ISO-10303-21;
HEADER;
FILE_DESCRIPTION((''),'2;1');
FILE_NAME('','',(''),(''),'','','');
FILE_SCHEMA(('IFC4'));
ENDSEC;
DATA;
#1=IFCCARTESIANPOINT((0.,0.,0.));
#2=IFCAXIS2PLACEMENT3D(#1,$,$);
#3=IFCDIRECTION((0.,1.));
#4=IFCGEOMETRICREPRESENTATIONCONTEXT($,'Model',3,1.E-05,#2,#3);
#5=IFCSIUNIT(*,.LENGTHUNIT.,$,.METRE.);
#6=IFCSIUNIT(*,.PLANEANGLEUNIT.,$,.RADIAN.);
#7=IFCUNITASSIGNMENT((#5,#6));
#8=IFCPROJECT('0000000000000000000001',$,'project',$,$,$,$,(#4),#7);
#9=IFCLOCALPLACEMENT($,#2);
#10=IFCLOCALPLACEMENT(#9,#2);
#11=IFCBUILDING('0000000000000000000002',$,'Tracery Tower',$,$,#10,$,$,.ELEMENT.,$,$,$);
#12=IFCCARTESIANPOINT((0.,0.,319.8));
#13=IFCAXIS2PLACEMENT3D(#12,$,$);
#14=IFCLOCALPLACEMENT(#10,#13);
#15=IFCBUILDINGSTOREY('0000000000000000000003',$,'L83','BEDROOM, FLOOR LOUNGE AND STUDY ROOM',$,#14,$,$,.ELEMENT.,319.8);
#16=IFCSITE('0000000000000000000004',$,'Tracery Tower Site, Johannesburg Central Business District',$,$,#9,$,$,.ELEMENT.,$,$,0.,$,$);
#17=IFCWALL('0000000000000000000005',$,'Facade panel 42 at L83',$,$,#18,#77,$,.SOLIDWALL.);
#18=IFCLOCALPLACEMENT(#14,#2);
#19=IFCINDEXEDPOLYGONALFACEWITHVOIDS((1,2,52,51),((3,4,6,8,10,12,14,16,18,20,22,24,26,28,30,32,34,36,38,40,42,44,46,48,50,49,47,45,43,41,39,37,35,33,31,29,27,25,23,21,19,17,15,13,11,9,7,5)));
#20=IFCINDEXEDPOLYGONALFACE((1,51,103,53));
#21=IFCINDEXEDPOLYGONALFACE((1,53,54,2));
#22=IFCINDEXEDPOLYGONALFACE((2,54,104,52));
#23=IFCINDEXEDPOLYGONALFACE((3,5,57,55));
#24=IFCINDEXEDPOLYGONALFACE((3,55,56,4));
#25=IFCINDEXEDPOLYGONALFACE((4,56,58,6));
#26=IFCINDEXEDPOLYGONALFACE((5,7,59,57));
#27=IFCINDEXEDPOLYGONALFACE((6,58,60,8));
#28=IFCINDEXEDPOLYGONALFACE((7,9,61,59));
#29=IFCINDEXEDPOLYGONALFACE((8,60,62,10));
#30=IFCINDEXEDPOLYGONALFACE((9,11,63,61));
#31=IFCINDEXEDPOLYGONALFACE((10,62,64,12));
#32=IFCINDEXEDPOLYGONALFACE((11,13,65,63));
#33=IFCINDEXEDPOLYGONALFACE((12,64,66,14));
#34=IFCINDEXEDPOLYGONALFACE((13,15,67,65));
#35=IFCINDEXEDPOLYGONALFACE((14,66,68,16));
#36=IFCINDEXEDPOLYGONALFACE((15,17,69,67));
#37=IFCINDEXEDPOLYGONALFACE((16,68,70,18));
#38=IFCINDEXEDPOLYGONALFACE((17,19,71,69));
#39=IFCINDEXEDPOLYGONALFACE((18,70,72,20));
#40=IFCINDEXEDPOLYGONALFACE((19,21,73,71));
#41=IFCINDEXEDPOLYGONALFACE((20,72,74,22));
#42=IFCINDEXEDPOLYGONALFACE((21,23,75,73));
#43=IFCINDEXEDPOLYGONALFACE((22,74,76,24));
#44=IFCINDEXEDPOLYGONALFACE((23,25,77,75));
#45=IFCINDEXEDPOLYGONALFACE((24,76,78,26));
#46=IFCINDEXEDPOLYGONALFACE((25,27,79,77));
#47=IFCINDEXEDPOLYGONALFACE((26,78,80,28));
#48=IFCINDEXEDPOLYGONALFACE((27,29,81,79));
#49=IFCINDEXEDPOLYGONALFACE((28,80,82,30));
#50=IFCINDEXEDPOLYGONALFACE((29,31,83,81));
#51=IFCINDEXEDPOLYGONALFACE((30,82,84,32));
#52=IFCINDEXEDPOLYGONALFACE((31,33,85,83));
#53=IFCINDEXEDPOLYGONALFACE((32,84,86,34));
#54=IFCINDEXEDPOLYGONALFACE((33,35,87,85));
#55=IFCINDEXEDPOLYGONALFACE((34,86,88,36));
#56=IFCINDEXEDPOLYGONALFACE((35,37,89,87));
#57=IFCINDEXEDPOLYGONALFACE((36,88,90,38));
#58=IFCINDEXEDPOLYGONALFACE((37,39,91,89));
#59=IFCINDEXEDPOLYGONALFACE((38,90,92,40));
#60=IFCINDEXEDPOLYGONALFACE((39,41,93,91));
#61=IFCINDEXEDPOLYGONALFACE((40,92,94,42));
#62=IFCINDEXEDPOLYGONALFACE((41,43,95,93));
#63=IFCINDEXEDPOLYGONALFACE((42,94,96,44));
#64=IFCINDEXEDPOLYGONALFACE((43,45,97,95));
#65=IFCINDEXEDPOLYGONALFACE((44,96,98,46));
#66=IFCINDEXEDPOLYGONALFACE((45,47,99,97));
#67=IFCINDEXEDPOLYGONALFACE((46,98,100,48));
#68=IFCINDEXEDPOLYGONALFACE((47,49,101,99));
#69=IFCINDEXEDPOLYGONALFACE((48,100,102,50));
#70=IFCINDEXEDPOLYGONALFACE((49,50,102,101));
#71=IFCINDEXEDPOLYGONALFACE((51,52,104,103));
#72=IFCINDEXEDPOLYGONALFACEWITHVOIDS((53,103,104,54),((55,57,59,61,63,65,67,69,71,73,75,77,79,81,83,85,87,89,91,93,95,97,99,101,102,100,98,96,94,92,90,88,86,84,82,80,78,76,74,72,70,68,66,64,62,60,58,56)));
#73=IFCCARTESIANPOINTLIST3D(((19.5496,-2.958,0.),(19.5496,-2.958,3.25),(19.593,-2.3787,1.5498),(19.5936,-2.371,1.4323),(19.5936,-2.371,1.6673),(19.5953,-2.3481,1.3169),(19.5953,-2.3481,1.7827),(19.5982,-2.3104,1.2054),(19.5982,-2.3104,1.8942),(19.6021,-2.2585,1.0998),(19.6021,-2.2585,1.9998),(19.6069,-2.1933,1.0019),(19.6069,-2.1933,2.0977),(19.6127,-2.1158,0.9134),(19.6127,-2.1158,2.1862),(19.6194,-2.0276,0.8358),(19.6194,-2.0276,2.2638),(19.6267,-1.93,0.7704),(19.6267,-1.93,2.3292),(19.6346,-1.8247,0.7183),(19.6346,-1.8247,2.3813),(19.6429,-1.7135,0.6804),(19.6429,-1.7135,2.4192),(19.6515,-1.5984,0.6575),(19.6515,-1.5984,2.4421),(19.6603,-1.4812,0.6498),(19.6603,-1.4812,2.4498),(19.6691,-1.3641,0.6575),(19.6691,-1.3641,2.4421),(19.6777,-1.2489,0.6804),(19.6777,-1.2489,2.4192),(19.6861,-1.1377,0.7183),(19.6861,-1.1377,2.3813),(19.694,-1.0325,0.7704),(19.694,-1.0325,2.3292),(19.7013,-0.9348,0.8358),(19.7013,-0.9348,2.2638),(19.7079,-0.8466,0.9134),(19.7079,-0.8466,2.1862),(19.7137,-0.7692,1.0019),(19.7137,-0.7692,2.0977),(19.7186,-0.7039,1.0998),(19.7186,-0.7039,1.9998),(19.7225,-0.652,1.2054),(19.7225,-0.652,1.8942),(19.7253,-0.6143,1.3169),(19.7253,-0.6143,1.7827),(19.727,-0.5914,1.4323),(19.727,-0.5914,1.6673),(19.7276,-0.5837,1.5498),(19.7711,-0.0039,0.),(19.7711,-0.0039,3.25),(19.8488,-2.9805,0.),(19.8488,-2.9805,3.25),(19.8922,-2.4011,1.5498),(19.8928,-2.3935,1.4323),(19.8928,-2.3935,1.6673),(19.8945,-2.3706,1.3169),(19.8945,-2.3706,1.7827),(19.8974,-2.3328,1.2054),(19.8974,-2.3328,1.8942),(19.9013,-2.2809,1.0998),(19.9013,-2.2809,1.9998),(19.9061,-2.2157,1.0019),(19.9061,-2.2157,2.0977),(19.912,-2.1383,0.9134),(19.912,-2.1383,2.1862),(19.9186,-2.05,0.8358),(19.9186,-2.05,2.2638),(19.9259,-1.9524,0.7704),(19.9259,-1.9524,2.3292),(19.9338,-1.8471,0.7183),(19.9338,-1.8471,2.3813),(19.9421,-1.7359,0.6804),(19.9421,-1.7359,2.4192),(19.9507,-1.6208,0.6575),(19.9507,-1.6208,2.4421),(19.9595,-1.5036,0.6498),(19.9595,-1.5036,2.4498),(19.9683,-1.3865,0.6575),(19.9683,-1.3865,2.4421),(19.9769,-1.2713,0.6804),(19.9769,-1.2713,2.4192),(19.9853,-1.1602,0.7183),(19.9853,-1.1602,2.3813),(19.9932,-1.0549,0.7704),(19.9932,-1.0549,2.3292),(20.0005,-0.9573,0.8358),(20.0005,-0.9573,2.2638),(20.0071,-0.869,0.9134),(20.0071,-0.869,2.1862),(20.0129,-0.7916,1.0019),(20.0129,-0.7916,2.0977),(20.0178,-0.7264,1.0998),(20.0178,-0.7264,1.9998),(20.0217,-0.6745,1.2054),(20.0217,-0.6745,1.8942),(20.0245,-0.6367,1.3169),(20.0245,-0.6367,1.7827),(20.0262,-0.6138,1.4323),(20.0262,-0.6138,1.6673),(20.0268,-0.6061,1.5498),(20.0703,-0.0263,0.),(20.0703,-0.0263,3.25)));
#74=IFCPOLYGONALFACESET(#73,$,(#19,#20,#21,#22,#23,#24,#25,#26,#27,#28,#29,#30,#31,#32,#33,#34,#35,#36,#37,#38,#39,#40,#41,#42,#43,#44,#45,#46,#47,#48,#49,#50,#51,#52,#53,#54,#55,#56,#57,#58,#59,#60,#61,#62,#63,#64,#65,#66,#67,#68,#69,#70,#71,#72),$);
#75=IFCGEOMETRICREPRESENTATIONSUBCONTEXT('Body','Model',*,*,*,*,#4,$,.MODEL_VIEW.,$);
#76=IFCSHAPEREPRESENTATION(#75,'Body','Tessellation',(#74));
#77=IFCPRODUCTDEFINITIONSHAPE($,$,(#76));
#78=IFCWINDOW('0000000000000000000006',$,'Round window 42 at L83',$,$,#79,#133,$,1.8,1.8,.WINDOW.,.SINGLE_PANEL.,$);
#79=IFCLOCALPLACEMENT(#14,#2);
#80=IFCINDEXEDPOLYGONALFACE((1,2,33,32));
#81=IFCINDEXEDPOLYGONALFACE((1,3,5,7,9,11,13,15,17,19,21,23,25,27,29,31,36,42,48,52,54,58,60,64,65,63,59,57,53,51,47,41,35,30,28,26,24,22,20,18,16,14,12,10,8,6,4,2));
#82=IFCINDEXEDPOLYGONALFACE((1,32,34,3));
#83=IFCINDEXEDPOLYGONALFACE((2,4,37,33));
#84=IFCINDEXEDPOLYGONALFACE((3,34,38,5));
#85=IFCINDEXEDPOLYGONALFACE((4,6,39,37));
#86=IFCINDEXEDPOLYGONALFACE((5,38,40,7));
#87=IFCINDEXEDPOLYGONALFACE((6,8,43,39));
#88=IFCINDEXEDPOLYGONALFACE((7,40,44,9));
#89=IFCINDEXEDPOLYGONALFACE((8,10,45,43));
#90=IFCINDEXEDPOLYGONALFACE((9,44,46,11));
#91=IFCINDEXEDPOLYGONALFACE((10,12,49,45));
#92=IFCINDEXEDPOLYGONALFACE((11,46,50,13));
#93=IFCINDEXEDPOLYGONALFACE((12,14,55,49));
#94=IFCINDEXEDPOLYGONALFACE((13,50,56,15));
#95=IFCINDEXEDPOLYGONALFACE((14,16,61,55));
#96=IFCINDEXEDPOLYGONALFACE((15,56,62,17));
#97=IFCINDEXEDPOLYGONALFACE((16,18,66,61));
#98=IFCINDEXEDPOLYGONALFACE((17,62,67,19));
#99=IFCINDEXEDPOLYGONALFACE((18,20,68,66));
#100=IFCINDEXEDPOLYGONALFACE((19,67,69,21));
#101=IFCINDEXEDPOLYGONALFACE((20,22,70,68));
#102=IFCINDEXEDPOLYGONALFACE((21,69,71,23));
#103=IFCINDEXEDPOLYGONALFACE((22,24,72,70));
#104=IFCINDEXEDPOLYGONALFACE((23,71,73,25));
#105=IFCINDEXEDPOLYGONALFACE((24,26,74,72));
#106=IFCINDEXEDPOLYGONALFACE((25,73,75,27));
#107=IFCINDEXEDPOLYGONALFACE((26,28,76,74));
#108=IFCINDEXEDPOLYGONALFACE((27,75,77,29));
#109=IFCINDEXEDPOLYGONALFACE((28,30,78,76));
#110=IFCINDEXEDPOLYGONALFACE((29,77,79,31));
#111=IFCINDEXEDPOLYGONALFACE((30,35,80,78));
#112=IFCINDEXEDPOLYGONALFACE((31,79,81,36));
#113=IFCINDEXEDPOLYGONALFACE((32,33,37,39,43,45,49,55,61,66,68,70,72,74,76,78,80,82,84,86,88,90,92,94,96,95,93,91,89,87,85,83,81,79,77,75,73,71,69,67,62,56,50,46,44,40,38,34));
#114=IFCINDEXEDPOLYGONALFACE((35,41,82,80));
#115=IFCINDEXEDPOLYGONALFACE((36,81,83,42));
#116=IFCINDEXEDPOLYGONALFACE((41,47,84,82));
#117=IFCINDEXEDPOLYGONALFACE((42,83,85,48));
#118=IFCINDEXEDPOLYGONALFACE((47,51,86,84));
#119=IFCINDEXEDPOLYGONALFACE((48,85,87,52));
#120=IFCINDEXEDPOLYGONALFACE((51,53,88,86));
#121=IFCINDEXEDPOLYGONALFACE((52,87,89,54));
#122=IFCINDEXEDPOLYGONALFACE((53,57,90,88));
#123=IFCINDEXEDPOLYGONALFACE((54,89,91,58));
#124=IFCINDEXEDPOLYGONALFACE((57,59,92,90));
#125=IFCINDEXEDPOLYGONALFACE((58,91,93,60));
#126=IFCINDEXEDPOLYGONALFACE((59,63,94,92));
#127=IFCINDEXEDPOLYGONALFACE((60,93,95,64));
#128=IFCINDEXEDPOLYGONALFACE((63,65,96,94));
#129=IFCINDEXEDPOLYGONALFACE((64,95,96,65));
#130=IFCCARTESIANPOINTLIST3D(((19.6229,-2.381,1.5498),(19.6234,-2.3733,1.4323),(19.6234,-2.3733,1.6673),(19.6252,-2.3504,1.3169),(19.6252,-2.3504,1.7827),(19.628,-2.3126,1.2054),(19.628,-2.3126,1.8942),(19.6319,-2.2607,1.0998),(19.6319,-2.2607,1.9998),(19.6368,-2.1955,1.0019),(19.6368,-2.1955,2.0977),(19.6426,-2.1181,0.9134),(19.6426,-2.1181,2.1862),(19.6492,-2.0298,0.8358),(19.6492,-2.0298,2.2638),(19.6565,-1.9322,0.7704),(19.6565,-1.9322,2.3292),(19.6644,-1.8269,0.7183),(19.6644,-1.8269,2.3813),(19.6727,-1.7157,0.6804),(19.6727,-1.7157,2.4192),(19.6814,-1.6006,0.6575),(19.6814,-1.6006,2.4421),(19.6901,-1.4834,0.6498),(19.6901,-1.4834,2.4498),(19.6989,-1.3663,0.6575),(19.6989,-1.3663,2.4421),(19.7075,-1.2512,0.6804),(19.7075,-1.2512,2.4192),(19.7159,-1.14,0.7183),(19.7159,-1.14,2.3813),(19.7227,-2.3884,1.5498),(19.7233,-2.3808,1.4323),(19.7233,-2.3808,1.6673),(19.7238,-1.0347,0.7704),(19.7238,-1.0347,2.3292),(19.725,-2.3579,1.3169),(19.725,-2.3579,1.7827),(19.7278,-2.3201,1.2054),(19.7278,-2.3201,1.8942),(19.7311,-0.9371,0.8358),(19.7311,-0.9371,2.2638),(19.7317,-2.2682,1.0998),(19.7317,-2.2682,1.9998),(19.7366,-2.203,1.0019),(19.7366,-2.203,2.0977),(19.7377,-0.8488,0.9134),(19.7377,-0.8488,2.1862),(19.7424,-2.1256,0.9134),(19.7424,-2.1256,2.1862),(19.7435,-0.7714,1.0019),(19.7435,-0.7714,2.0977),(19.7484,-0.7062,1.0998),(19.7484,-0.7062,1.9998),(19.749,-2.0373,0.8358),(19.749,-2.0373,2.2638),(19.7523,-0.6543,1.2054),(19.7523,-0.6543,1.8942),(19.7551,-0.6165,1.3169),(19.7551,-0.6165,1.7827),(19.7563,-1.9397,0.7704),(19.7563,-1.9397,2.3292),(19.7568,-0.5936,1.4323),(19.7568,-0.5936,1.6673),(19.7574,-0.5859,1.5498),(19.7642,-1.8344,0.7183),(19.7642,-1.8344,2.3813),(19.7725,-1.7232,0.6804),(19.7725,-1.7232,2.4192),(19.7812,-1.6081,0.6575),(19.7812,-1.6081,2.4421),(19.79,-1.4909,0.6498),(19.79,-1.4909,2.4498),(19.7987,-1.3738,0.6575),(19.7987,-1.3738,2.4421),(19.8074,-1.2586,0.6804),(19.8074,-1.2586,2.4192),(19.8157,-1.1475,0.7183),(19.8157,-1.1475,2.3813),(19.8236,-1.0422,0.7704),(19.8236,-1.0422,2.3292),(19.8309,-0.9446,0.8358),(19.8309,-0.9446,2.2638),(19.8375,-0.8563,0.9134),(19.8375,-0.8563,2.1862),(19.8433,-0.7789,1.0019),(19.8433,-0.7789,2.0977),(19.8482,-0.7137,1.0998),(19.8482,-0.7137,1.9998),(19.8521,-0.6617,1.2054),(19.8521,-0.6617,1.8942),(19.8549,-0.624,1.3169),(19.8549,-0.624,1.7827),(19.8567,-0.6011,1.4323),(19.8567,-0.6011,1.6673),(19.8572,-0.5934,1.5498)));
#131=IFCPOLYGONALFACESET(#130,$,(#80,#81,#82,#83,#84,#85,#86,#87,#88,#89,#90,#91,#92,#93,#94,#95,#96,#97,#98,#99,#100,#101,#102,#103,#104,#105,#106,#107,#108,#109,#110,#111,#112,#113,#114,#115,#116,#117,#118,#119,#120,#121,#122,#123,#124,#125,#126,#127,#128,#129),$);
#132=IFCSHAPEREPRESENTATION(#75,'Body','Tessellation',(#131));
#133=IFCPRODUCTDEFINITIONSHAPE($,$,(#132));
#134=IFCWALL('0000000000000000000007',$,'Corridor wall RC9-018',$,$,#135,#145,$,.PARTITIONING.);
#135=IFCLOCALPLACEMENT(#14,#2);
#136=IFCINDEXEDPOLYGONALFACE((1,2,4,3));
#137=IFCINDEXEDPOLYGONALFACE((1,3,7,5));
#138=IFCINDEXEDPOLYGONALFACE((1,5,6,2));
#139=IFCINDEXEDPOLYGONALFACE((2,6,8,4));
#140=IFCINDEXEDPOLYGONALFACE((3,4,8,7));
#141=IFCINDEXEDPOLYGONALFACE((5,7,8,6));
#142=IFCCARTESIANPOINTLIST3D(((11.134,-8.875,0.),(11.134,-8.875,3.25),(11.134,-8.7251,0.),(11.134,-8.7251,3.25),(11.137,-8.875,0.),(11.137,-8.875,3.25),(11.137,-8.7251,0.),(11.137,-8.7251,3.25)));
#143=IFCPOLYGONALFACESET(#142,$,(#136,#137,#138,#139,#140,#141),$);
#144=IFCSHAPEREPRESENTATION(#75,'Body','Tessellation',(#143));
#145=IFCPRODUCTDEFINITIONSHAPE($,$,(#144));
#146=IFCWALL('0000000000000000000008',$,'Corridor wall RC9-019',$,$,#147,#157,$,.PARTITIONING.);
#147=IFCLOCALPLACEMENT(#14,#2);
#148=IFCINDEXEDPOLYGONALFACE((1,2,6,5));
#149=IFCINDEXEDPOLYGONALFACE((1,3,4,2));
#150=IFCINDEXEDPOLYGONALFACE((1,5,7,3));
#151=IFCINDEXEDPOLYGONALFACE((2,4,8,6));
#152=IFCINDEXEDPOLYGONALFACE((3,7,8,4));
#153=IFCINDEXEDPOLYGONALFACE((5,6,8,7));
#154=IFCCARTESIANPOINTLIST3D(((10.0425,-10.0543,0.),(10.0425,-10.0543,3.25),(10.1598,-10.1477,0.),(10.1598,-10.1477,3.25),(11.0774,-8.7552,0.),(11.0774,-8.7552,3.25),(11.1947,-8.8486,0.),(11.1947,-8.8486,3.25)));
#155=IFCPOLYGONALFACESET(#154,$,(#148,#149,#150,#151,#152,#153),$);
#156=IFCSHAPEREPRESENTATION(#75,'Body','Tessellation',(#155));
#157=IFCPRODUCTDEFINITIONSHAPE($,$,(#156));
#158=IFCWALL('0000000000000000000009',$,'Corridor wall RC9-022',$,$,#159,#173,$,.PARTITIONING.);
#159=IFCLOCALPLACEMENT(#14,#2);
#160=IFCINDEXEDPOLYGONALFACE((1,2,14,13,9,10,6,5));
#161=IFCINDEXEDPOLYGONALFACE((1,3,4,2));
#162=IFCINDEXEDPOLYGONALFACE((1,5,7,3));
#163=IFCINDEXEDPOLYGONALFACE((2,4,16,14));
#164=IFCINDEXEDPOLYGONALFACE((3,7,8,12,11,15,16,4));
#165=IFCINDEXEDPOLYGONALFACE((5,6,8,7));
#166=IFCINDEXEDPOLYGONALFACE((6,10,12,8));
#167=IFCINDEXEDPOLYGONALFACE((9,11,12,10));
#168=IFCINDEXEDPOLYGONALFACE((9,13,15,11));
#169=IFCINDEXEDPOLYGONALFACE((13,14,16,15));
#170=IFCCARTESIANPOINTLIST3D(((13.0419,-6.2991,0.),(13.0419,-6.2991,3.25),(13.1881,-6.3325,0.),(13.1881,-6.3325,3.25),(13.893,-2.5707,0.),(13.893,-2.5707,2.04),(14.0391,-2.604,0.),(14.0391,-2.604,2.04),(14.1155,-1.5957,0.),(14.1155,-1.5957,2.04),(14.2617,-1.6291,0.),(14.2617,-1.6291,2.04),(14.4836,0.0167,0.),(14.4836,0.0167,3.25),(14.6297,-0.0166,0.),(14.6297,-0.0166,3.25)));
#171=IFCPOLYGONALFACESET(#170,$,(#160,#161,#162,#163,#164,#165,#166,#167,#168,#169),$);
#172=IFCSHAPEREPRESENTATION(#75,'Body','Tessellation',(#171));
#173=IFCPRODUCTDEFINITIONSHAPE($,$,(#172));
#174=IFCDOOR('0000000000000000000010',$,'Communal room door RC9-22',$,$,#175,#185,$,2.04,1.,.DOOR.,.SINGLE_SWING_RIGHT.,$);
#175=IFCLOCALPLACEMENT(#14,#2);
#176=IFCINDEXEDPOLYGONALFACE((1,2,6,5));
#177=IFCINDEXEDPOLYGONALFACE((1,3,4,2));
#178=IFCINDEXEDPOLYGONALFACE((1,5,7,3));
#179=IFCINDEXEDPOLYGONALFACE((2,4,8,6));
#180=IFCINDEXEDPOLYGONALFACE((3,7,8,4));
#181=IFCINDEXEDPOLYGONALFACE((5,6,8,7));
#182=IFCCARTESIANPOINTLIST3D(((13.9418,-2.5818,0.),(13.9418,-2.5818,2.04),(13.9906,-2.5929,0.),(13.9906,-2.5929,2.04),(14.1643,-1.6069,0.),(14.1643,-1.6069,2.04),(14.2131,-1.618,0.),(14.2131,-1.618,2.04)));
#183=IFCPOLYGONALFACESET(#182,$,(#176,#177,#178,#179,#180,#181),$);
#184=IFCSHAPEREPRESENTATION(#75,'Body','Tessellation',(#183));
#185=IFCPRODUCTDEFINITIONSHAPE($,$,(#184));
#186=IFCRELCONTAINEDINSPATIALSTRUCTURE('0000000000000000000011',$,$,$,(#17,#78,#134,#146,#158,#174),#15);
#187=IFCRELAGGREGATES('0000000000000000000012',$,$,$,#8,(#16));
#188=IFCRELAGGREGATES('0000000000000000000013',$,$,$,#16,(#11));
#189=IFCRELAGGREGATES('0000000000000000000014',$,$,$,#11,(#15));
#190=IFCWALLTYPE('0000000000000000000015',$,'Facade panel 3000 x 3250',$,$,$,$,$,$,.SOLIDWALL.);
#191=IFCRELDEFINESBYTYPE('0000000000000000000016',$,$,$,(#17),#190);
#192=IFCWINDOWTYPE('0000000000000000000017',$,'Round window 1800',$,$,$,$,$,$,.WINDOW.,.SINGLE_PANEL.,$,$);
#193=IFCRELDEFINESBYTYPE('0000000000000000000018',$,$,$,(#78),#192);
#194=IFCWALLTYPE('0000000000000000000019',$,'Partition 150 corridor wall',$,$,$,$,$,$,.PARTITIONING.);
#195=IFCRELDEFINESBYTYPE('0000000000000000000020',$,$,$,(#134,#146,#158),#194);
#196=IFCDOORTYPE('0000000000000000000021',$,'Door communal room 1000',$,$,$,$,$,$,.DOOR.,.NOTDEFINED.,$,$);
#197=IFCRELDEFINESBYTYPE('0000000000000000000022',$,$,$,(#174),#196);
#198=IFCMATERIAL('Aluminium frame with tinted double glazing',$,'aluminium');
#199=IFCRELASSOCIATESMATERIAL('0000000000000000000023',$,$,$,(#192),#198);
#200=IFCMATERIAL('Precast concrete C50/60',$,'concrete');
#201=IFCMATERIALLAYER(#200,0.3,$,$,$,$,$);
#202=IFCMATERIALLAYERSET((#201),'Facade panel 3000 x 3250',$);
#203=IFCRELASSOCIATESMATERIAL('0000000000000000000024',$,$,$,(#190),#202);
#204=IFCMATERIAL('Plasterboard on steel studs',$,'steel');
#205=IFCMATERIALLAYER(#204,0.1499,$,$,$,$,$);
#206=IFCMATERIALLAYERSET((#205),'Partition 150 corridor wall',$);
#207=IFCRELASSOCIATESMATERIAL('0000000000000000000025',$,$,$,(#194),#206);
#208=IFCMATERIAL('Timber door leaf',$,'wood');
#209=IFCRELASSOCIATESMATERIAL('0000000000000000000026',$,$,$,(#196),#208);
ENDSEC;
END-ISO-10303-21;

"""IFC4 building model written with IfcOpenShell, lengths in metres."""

from ifc_helpers import new_model, si_unit, direction, frame, frame_2d, origin, origin_2d, place, context, subcontext, project, spatial, rectangle, circle, extrude, material, layer, layer_set, type_object, element, fill, save


model = new_model("IFC4")

# Units and contexts
model_context = context("Model", 3, precision=1e-05, world=origin(), true_north=direction((0.0, 1.0)))
body_context = subcontext(model_context, "Body", "Model", "MODEL_VIEW")
ifc_project = project(units=[si_unit("LENGTHUNIT", "METRE"), si_unit("PLANEANGLEUNIT", "RADIAN")], contexts=[model_context])

# Site, building, storey
site_placement = place(None, origin())
site = spatial("IfcSite", under=ifc_project, at=site_placement, Name="Tracery Tower Site, Johannesburg Central Business District", CompositionType="ELEMENT", RefElevation=0.0)
building_placement = place(site_placement, origin())
building = spatial("IfcBuilding", under=site, at=building_placement, Name="Tracery Tower", CompositionType="ELEMENT")
storey_placement = place(building_placement, frame((0.0, 0.0, 319.8)))
storey = spatial("IfcBuildingStorey", under=building, at=storey_placement, Name="L83", Description="BEDROOM, FLOOR LOUNGE AND STUDY ROOM", CompositionType="ELEMENT", Elevation=319.8)

# Wall, opening, window
ifc_material_1 = material(Name="Aluminium frame with tinted double glazing", Category="aluminium")
window_type = type_object("IfcWindowType", Name="Round window 1800", PartitioningType="SINGLE_PANEL", PredefinedType="WINDOW", material=ifc_material_1)
ifc_material_2 = material(Name="Precast concrete C50/60", Category="concrete")
ifc_layer_1 = layer(ifc_material_2, 0.3)
ifc_layer_set_1 = layer_set([ifc_layer_1], Name="Facade panel 3000 x 3250")
wall_type_1 = type_object("IfcWallType", Name="Facade panel 3000 x 3250", PredefinedType="SOLIDWALL", material=ifc_layer_set_1)
wall_1_placement = place(storey_placement, frame((19.6992, -2.9692, 0.0), z_axis=(0.0, 0.0, 1.0), x_axis=(0.074749, 0.997202, 0.0)))
wall_1 = element("IfcWall", 1, at=wall_1_placement, inside=storey, type_object=wall_type_1, Name="Facade panel 42 at L83", PredefinedType="SOLIDWALL", context=body_context, shape_type="SweptSolid", body=[
    extrude(rectangle(XDim=2.9624, YDim=0.3, at=frame_2d((1.4812, 0.0))), origin(), (0.0, 0.0, 1.0), 3.25),
])
opening_1_placement = place(wall_1_placement, frame((1.481, 0.0, 1.5498)))
opening_1 = element("IfcOpeningElement", 2, at=opening_1_placement, cuts=wall_1, PredefinedType="OPENING", context=body_context, shape_type="SweptSolid", body=[
    extrude(circle(Radius=0.9, at=origin_2d()), frame((0.0, 0.1599, 0.0), z_axis=(0.0, -1.0, 0.0), x_axis=(1.0, 0.0, 0.0)), (0.0, 0.0, 1.0), 0.3201),
])
window_1_placement = place(opening_1_placement, origin())
window_1 = element("IfcWindow", 3, at=window_1_placement, inside=storey, type_object=window_type, Name="Round window 42 at L83", OverallHeight=1.8, OverallWidth=1.8, PartitioningType="SINGLE_PANEL", PredefinedType="WINDOW", context=body_context, shape_type="SweptSolid", body=[
    extrude(circle(Radius=0.9, at=origin_2d()), frame((0.0, 0.1201, 0.0), z_axis=(0.0, -1.0, 0.0), x_axis=(1.0, 0.0, 0.0)), (0.0, 0.0, 1.0), 0.1001),
])
fill(opening_1, window_1)

# Walls
ifc_material_3 = material(Name="Plasterboard on steel studs", Category="steel")
ifc_layer_2 = layer(ifc_material_3, 0.1499)
ifc_layer_set_2 = layer_set([ifc_layer_2], Name="Partition 150 corridor wall")
wall_type_2 = type_object("IfcWallType", Name="Partition 150 corridor wall", PredefinedType="PARTITIONING", material=ifc_layer_set_2)
wall_2_placement = place(storey_placement, frame((11.137, -8.8, 0.0), z_axis=(0.0, 0.0, 1.0), x_axis=(-1.0, 0.0, 0.0)))
element("IfcWall", 4, at=wall_2_placement, inside=storey, type_object=wall_type_2, Name="Corridor wall RC9-018", PredefinedType="PARTITIONING", context=body_context, shape_type="SweptSolid", body=[
    extrude(rectangle(XDim=0.0029, YDim=0.1499, at=frame_2d((0.0015, 0.0))), origin(), (0.0, 0.0, 1.0), 3.25),
])
wall_3_placement = place(storey_placement, frame((10.1011, -10.1011, 0.0), z_axis=(0.0, 0.0, 1.0), x_axis=(0.623098, 0.782143, 0.0)))
element("IfcWall", 5, at=wall_3_placement, inside=storey, type_object=wall_type_2, Name="Corridor wall RC9-019", PredefinedType="PARTITIONING", context=body_context, shape_type="SweptSolid", body=[
    extrude(rectangle(XDim=1.6609, YDim=0.1499, at=frame_2d((0.8306, 0.0))), origin(), (0.0, 0.0, 1.0), 3.25),
])

# Wall, opening, door
wall_4_placement = place(storey_placement, frame((13.115, -6.3159, 0.0), z_axis=(0.0, 0.0, 1.0), x_axis=(0.222533, 0.974925, 0.0)))
wall_4 = element("IfcWall", 6, at=wall_4_placement, inside=storey, type_object=wall_type_2, Name="Corridor wall RC9-022", PredefinedType="PARTITIONING", context=body_context, shape_type="SweptSolid", body=[
    extrude(rectangle(XDim=6.4783, YDim=0.1499, at=frame_2d((3.2393, 0.0))), origin(), (0.0, 0.0, 1.0), 3.25),
])
opening_2_placement = place(wall_4_placement, frame((3.8245, 0.0, 0.0)))
opening_2 = element("IfcOpeningElement", 7, at=opening_2_placement, cuts=wall_4, PredefinedType="OPENING", context=body_context, shape_type="SweptSolid", body=[
    extrude(rectangle(XDim=1.0, YDim=2.04, at=frame_2d((0.5, 1.02))), frame((0.0, 0.075, 0.0), z_axis=(0.0, -1.0, 0.0), x_axis=(1.0, 0.0, 0.0)), (0.0, 0.0, 1.0), 0.1499),
])
ifc_material_4 = material(Name="Timber door leaf", Category="wood")
door_type_1 = type_object("IfcDoorType", Name="Door communal room 1000", OperationType="NOTDEFINED", PredefinedType="DOOR", material=ifc_material_4)
door_1_placement = place(opening_2_placement, origin())
door_1 = element("IfcDoor", 8, at=door_1_placement, inside=storey, type_object=door_type_1, Name="Communal room door RC9-22", OperationType="SINGLE_SWING_RIGHT", OverallHeight=2.04, OverallWidth=1.0, PredefinedType="DOOR", context=body_context, shape_type="SweptSolid", body=[
    extrude(rectangle(XDim=1.0, YDim=2.04, at=frame_2d((0.5, 1.02))), frame((0.0, 0.0249, 0.0), z_axis=(0.0, -1.0, 0.0), x_axis=(1.0, 0.0, 0.0)), (0.0, 0.0, 1.0), 0.05),
])
fill(opening_2, door_1)

save(model, "model.ifc")
